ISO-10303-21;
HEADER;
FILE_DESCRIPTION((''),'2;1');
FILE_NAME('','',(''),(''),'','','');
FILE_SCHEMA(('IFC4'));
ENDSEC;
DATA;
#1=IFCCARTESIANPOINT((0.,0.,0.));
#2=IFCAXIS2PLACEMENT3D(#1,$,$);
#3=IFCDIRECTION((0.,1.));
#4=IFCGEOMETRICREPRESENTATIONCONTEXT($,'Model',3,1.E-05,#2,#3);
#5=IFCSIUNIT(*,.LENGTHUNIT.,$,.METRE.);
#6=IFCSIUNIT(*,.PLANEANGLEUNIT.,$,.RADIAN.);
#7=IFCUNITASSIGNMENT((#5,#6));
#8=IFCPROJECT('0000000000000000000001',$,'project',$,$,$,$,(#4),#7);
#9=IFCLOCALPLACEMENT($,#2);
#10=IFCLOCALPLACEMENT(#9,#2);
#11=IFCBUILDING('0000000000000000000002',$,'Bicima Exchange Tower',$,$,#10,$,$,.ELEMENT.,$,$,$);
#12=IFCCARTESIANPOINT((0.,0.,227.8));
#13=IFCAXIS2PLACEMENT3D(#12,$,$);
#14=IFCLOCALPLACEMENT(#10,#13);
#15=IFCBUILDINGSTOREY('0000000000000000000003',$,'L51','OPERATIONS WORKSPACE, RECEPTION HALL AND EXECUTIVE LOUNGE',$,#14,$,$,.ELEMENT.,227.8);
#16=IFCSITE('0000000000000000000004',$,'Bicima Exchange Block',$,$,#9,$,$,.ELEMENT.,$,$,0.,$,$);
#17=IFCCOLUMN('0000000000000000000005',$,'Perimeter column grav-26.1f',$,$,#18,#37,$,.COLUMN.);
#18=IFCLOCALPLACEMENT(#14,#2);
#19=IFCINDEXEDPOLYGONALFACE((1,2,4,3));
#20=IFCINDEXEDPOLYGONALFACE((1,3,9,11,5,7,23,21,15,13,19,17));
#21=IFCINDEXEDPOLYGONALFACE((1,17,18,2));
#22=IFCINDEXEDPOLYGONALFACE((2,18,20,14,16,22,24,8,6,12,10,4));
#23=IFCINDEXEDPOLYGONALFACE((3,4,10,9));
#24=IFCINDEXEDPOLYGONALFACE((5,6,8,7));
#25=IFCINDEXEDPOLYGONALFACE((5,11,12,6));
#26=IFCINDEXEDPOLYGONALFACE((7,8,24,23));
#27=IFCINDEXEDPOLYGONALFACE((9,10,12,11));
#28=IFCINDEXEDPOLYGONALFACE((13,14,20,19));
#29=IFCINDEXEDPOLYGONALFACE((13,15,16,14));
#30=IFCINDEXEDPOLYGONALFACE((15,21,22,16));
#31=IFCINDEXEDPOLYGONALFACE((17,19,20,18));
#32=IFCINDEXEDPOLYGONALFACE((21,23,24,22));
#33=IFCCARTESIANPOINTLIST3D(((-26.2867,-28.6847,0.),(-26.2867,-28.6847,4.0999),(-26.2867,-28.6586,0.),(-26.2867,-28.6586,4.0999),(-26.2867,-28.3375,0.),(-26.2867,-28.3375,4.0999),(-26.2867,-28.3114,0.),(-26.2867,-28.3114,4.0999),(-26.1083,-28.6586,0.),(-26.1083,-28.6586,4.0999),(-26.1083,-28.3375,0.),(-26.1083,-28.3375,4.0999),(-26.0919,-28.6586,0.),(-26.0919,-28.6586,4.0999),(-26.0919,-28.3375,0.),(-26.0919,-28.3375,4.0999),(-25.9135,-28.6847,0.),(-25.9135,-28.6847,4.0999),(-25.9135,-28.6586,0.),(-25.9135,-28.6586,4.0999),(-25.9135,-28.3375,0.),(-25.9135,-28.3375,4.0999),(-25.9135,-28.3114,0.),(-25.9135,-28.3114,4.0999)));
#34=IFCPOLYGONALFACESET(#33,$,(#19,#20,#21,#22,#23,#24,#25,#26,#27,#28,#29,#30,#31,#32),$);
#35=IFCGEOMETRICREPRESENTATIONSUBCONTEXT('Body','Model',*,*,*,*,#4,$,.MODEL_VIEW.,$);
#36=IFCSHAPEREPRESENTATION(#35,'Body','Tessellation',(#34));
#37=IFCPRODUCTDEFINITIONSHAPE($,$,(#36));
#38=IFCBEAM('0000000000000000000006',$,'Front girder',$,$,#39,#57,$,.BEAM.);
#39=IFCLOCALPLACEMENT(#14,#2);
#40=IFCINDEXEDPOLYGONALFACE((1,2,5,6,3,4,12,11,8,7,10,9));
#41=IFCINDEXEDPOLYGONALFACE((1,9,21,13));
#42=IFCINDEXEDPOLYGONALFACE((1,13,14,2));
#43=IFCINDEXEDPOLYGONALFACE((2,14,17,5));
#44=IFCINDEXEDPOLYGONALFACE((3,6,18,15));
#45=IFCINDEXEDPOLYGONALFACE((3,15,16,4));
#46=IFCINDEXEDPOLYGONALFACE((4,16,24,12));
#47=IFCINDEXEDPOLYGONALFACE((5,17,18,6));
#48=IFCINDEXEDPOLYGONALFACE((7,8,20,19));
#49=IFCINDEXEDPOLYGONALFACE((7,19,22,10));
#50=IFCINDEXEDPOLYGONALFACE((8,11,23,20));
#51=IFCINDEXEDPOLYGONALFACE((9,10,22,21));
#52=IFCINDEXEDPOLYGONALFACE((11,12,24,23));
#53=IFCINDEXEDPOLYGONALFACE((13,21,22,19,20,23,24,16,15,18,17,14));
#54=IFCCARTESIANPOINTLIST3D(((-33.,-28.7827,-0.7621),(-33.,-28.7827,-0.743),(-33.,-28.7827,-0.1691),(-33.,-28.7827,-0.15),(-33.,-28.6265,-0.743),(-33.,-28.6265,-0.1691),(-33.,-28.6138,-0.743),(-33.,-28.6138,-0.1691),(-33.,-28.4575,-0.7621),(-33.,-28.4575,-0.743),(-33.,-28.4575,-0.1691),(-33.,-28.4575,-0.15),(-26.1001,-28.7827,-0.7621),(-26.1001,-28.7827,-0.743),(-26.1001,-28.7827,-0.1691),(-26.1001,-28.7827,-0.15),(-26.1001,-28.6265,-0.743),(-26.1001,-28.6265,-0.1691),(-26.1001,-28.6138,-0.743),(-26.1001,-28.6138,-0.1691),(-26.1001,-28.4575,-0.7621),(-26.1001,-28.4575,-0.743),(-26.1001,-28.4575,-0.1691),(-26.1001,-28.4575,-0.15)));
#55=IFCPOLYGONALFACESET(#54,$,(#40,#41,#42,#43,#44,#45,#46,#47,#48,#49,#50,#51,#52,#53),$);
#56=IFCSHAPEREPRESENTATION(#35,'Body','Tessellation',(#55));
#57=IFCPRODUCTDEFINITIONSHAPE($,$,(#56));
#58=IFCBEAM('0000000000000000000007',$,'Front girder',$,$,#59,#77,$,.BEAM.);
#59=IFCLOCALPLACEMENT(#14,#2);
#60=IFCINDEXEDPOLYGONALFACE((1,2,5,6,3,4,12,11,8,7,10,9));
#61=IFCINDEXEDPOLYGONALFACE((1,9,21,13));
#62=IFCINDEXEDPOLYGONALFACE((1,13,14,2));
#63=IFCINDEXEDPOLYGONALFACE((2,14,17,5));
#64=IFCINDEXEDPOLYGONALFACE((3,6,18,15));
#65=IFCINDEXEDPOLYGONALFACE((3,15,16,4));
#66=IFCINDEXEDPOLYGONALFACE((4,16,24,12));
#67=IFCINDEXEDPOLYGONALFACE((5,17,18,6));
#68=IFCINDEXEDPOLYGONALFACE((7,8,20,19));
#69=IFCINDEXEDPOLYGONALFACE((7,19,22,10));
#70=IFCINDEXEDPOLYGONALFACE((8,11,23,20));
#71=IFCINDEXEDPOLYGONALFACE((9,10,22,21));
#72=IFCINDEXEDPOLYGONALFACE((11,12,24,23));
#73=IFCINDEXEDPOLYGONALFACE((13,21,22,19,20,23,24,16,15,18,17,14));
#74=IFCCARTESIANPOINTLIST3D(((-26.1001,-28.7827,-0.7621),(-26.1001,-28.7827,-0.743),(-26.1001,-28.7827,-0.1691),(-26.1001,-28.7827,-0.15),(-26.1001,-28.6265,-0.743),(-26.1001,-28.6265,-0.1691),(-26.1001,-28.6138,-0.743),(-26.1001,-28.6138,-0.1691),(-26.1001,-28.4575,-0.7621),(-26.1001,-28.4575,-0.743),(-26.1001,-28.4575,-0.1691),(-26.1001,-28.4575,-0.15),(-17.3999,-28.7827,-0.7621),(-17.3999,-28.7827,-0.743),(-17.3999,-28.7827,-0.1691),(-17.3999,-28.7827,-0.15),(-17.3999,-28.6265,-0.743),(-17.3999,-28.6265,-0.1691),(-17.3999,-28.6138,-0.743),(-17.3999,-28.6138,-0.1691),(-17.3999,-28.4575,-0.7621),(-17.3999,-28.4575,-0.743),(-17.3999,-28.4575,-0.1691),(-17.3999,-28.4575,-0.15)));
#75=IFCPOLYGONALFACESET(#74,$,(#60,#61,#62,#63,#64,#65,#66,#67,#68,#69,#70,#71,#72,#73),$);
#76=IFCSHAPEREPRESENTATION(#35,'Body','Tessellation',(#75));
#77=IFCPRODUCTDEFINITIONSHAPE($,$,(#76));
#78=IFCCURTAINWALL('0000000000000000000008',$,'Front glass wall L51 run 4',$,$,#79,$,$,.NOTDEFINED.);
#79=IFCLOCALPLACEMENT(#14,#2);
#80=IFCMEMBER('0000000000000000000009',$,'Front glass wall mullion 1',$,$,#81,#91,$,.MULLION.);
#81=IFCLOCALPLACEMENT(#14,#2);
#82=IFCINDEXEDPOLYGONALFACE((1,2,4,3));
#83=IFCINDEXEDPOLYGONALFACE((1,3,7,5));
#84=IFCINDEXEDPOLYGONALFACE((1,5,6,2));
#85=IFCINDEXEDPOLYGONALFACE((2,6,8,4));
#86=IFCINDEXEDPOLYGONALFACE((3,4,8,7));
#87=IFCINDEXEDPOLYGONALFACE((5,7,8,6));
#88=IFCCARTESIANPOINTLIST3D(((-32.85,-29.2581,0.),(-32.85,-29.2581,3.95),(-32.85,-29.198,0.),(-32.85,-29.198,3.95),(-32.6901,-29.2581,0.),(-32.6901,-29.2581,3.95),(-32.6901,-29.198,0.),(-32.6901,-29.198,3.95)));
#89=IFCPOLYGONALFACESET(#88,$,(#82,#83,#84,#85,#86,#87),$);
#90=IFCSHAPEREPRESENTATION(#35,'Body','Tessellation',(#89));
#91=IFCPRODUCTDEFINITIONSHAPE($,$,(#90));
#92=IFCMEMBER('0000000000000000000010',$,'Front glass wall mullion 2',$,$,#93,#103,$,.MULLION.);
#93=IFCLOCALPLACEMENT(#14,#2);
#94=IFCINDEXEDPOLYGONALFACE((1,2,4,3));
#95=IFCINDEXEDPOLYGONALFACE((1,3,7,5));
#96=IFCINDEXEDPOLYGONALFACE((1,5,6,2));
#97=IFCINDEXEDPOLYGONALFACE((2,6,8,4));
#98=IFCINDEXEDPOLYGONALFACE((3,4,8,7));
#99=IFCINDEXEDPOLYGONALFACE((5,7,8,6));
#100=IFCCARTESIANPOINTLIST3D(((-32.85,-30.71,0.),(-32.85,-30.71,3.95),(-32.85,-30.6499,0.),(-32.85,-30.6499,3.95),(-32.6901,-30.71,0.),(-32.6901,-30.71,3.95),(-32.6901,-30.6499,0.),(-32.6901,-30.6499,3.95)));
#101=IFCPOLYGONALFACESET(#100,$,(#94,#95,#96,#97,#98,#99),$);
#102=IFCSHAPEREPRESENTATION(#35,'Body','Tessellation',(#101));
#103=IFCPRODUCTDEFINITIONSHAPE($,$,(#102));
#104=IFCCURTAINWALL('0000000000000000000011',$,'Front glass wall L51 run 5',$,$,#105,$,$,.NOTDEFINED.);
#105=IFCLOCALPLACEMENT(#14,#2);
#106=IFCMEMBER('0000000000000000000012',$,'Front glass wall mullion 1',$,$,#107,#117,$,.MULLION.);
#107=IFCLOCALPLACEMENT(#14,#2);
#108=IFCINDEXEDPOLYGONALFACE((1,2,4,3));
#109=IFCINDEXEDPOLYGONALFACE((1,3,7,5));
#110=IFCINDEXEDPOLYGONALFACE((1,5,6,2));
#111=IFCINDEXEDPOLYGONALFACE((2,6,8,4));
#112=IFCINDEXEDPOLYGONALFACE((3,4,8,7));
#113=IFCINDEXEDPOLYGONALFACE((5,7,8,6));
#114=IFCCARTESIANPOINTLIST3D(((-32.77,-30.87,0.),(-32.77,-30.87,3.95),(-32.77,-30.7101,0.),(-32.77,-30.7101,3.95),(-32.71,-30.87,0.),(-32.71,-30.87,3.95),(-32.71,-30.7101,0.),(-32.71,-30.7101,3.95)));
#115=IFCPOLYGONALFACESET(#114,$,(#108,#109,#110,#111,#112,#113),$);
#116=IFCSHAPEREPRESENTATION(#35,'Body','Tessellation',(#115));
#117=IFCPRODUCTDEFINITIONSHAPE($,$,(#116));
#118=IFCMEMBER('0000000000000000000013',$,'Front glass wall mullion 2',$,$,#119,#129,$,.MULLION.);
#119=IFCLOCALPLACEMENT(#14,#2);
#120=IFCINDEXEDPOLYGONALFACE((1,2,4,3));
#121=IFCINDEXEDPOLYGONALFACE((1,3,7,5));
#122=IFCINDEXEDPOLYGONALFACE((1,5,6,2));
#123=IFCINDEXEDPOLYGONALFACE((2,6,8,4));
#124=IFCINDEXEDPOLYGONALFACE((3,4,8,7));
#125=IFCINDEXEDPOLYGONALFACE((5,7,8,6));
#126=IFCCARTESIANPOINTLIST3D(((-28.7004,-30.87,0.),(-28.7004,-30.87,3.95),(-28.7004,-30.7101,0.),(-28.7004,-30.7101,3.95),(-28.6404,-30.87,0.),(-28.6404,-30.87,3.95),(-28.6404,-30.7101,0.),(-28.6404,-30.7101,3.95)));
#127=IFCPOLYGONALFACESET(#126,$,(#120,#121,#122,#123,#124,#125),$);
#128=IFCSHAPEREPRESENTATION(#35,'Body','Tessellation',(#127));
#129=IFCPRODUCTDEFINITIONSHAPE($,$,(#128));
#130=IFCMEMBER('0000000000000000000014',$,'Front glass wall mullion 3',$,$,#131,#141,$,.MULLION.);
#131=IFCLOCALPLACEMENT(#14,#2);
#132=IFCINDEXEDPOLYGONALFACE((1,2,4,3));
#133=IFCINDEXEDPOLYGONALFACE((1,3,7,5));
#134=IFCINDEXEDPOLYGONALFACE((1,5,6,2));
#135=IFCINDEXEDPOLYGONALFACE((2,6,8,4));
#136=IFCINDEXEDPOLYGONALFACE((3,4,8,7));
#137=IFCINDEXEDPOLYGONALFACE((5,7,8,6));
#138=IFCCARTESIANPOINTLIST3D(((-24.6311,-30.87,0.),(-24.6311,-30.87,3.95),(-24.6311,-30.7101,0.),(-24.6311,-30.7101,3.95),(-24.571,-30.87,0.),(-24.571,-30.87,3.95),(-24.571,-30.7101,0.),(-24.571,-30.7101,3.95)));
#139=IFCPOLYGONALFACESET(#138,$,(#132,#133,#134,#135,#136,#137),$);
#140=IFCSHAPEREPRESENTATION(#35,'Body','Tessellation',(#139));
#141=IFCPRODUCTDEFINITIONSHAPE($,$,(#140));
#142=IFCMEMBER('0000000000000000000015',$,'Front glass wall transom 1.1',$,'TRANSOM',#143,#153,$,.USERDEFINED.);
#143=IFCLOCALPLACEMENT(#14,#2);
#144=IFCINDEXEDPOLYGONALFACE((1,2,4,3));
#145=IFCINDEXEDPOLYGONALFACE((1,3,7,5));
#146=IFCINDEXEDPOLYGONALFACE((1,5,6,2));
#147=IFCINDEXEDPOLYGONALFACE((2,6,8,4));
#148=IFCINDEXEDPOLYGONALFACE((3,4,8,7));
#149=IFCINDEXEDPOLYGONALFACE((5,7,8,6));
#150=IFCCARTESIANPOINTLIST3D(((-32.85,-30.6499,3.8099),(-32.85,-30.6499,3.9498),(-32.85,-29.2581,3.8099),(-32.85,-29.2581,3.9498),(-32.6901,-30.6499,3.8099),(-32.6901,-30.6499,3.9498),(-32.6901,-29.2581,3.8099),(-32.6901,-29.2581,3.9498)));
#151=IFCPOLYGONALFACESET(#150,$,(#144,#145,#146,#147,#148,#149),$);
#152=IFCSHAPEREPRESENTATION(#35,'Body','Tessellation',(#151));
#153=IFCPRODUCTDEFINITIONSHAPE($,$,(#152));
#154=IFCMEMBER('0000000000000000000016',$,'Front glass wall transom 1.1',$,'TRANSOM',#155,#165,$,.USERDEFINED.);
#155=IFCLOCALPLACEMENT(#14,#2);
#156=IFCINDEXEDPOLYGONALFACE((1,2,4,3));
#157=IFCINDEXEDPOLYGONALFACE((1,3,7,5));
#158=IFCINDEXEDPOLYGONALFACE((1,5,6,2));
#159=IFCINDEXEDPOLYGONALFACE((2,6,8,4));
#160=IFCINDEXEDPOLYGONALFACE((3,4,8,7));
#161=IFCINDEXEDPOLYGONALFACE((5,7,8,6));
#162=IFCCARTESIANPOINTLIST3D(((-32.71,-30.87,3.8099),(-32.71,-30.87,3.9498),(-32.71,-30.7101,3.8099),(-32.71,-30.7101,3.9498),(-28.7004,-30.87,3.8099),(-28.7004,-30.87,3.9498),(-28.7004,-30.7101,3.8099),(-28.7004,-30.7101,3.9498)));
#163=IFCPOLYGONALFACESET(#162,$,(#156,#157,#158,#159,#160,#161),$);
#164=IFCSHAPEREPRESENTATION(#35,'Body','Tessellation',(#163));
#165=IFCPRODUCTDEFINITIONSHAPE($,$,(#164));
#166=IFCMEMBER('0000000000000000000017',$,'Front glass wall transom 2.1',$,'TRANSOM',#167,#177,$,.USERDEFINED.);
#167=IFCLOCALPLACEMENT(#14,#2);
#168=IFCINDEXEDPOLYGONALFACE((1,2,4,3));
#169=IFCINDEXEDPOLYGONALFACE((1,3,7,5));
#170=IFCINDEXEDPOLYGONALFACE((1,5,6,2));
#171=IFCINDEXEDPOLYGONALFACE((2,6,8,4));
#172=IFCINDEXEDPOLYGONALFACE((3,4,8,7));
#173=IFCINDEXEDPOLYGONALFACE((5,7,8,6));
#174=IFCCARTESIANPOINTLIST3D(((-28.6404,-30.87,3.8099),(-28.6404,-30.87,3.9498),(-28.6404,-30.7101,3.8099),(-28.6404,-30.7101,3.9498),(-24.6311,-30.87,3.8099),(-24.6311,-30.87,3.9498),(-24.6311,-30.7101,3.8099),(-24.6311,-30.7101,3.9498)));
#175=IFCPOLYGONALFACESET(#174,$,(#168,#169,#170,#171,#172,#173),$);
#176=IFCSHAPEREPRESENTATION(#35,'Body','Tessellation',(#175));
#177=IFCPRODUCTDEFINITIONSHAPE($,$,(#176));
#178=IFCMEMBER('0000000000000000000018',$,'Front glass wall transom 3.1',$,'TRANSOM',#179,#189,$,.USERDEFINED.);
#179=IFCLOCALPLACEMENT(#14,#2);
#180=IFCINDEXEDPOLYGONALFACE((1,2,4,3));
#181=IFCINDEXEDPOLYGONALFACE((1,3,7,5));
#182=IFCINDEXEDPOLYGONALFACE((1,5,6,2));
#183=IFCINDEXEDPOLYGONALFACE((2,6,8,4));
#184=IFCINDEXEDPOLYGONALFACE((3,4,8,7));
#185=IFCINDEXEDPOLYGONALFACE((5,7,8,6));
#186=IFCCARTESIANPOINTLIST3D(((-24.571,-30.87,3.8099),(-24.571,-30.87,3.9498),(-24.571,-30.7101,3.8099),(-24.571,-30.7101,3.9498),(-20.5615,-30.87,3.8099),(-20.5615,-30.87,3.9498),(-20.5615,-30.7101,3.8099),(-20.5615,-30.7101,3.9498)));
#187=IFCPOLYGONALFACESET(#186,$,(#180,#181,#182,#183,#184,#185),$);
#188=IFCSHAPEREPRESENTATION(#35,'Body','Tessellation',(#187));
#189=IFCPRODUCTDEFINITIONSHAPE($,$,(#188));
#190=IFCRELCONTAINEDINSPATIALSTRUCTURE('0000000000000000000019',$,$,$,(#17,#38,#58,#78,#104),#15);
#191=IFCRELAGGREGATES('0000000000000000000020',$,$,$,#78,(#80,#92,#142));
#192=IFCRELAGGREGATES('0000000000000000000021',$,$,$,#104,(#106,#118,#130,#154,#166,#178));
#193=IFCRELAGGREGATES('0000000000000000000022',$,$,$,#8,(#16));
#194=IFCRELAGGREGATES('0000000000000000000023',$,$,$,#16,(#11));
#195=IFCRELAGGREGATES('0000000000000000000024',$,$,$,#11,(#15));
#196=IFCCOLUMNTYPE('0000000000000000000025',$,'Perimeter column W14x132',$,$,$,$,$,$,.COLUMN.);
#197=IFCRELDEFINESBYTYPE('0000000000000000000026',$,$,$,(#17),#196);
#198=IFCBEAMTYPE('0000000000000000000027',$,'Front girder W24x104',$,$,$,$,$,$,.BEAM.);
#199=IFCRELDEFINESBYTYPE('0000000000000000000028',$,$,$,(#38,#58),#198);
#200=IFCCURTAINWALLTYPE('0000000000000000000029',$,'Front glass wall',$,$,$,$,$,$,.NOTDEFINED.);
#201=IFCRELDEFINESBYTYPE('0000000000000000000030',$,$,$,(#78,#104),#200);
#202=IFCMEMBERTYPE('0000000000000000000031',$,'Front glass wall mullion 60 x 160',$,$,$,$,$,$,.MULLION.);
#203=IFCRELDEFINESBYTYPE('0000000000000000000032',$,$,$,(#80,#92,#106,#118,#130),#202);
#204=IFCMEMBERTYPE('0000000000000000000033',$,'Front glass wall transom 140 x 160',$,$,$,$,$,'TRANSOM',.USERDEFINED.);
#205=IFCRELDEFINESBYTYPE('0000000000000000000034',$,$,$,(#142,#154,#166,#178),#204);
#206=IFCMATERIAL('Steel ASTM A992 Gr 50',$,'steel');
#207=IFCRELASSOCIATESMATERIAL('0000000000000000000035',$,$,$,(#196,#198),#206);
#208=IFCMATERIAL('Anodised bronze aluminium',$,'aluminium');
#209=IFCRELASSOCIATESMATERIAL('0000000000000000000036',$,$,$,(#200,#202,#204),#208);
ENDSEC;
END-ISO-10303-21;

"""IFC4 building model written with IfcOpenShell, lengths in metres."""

from ifc_helpers import new_model, si_unit, direction, frame, origin, origin_2d, place, context, subcontext, project, spatial, rectangle, i_section, extrude, material, material_profile, profile_set, type_object, element, aggregate, save


model = new_model("IFC4")

# Units and contexts
model_context = context("Model", 3, precision=1e-05, world=origin(), true_north=direction((0.0, 1.0)))
body_context = subcontext(model_context, "Body", "Model", "MODEL_VIEW")
ifc_project = project(units=[si_unit("LENGTHUNIT", "METRE"), si_unit("PLANEANGLEUNIT", "RADIAN")], contexts=[model_context])

# Site, building, storey
site_placement = place(None, origin())
site = spatial("IfcSite", under=ifc_project, at=site_placement, Name="Bicima Exchange Block", CompositionType="ELEMENT", RefElevation=0.0)
building_placement = place(site_placement, origin())
building = spatial("IfcBuilding", under=site, at=building_placement, Name="Bicima Exchange Tower", CompositionType="ELEMENT")
storey_placement = place(building_placement, frame((0.0, 0.0, 227.8)))
storey = spatial("IfcBuildingStorey", under=building, at=storey_placement, Name="L51", Description="OPERATIONS WORKSPACE, RECEPTION HALL AND EXECUTIVE LOUNGE", CompositionType="ELEMENT", Elevation=227.8)

# Column
ifc_material_1 = material(Name="Steel ASTM A992 Gr 50", Category="steel")
ifc_material_profile_1 = material_profile(ifc_material_1, i_section(OverallWidth=0.3733, OverallDepth=0.3733, WebThickness=0.0164, FlangeThickness=0.0261, at=origin_2d()))
ifc_profile_set_1 = profile_set([ifc_material_profile_1], Name="Steel ASTM A992 Gr 50")
column_type = type_object("IfcColumnType", Name="Perimeter column W14x132", PredefinedType="COLUMN", material=ifc_profile_set_1)
column_placement = place(storey_placement, frame((-26.1001, -28.498, 0.0), z_axis=(0.0, 0.0, 1.0), x_axis=(1.0, 0.0, 0.0)))
element("IfcColumn", 1, at=column_placement, inside=storey, type_object=column_type, Name="Perimeter column grav-26.1f", PredefinedType="COLUMN", context=body_context, shape_type="SweptSolid", body=[
    extrude(i_section(OverallWidth=0.3733, OverallDepth=0.3733, WebThickness=0.0164, FlangeThickness=0.0261, at=origin_2d()), origin(), (0.0, 0.0, 1.0), 4.0999),
])

# Beams
ifc_material_profile_2 = material_profile(ifc_material_1, i_section(OverallWidth=0.3252, OverallDepth=0.6121, WebThickness=0.0127, FlangeThickness=0.019, at=origin_2d()))
ifc_profile_set_2 = profile_set([ifc_material_profile_2], Name="Steel ASTM A992 Gr 50")
beam_type = type_object("IfcBeamType", Name="Front girder W24x104", PredefinedType="BEAM", material=ifc_profile_set_2)
beam_1_placement = place(storey_placement, frame((-33.0, -28.6201, -0.4561), z_axis=(1.0, 0.0, 0.0), x_axis=(0.0, 1.0, 0.0)))
element("IfcBeam", 2, at=beam_1_placement, inside=storey, type_object=beam_type, Name="Front girder", PredefinedType="BEAM", context=body_context, shape_type="SweptSolid", body=[
    extrude(i_section(OverallWidth=0.3252, OverallDepth=0.6121, WebThickness=0.0127, FlangeThickness=0.019, at=origin_2d()), origin(), (0.0, 0.0, 1.0), 6.8999),
])
beam_2_placement = place(storey_placement, frame((-26.1001, -28.6201, -0.4561), z_axis=(1.0, 0.0, 0.0), x_axis=(0.0, 1.0, 0.0)))
element("IfcBeam", 3, at=beam_2_placement, inside=storey, type_object=beam_type, Name="Front girder", PredefinedType="BEAM", context=body_context, shape_type="SweptSolid", body=[
    extrude(i_section(OverallWidth=0.3252, OverallDepth=0.6121, WebThickness=0.0127, FlangeThickness=0.019, at=origin_2d()), origin(), (0.0, 0.0, 1.0), 8.7002),
])

# Curtain walls, members
ifc_material_2 = material(Name="Anodised bronze aluminium", Category="aluminium")
curtain_wall_type = type_object("IfcCurtainWallType", Name="Front glass wall", PredefinedType="NOTDEFINED", material=ifc_material_2)
curtain_wall_1_placement = place(storey_placement, origin())
curtain_wall_1 = element("IfcCurtainWall", 4, at=curtain_wall_1_placement, inside=storey, type_object=curtain_wall_type, Name="Front glass wall L51 run 4", PredefinedType="NOTDEFINED")
ifc_material_profile_3 = material_profile(ifc_material_2, rectangle(XDim=0.1599, YDim=0.0601, at=origin_2d()))
ifc_profile_set_3 = profile_set([ifc_material_profile_3], Name="Anodised bronze aluminium")
member_type_1 = type_object("IfcMemberType", Name="Front glass wall mullion 60 x 160", PredefinedType="MULLION", material=ifc_profile_set_3)
member_1_placement = place(storey_placement, frame((-32.77, -29.228, 0.0), z_axis=(0.0, 0.0, 1.0), x_axis=(1.0, 0.0, 0.0)))
member_1 = element("IfcMember", 5, at=member_1_placement, type_object=member_type_1, Name="Front glass wall mullion 1", PredefinedType="MULLION", context=body_context, shape_type="SweptSolid", body=[
    extrude(rectangle(XDim=0.1599, YDim=0.0601, at=origin_2d()), origin(), (0.0, 0.0, 1.0), 3.95),
])
member_2_placement = place(storey_placement, frame((-32.77, -30.6799, 0.0), z_axis=(0.0, 0.0, 1.0), x_axis=(1.0, 0.0, 0.0)))
member_2 = element("IfcMember", 6, at=member_2_placement, type_object=member_type_1, Name="Front glass wall mullion 2", PredefinedType="MULLION", context=body_context, shape_type="SweptSolid", body=[
    extrude(rectangle(XDim=0.1599, YDim=0.0601, at=origin_2d()), origin(), (0.0, 0.0, 1.0), 3.95),
])
curtain_wall_2_placement = place(storey_placement, origin())
curtain_wall_2 = element("IfcCurtainWall", 7, at=curtain_wall_2_placement, inside=storey, type_object=curtain_wall_type, Name="Front glass wall L51 run 5", PredefinedType="NOTDEFINED")
member_3_placement = place(storey_placement, frame((-32.74, -30.79, 0.0), z_axis=(0.0, 0.0, 1.0), x_axis=(0.0, 1.0, 0.0)))
member_3 = element("IfcMember", 8, at=member_3_placement, type_object=member_type_1, Name="Front glass wall mullion 1", PredefinedType="MULLION", context=body_context, shape_type="SweptSolid", body=[
    extrude(rectangle(XDim=0.1599, YDim=0.0601, at=origin_2d()), origin(), (0.0, 0.0, 1.0), 3.95),
])
member_4_placement = place(storey_placement, frame((-28.6704, -30.79, 0.0), z_axis=(0.0, 0.0, 1.0), x_axis=(0.0, 1.0, 0.0)))
member_4 = element("IfcMember", 9, at=member_4_placement, type_object=member_type_1, Name="Front glass wall mullion 2", PredefinedType="MULLION", context=body_context, shape_type="SweptSolid", body=[
    extrude(rectangle(XDim=0.1599, YDim=0.0601, at=origin_2d()), origin(), (0.0, 0.0, 1.0), 3.95),
])
member_5_placement = place(storey_placement, frame((-24.6011, -30.79, 0.0), z_axis=(0.0, 0.0, 1.0), x_axis=(0.0, 1.0, 0.0)))
member_5 = element("IfcMember", 10, at=member_5_placement, type_object=member_type_1, Name="Front glass wall mullion 3", PredefinedType="MULLION", context=body_context, shape_type="SweptSolid", body=[
    extrude(rectangle(XDim=0.1599, YDim=0.0601, at=origin_2d()), origin(), (0.0, 0.0, 1.0), 3.95),
])

# Members
ifc_material_profile_4 = material_profile(ifc_material_2, rectangle(XDim=0.1599, YDim=0.1399, at=origin_2d()))
ifc_profile_set_4 = profile_set([ifc_material_profile_4], Name="Anodised bronze aluminium")
member_type_2 = type_object("IfcMemberType", Name="Front glass wall transom 140 x 160", ElementType="TRANSOM", PredefinedType="USERDEFINED", material=ifc_profile_set_4)
member_6_placement = place(storey_placement, frame((-32.77, -29.2581, 3.8799), z_axis=(0.0, -1.0, 0.0), x_axis=(1.0, 0.0, 0.0)))
member_6 = element("IfcMember", 11, at=member_6_placement, type_object=member_type_2, Name="Front glass wall transom 1.1", ObjectType="TRANSOM", PredefinedType="USERDEFINED", context=body_context, shape_type="SweptSolid", body=[
    extrude(rectangle(XDim=0.1599, YDim=0.1399, at=origin_2d()), origin(), (0.0, 0.0, 1.0), 1.3918),
])
member_7_placement = place(storey_placement, frame((-32.71, -30.79, 3.8799), z_axis=(1.0, 0.0, 0.0), x_axis=(0.0, 1.0, 0.0)))
member_7 = element("IfcMember", 12, at=member_7_placement, type_object=member_type_2, Name="Front glass wall transom 1.1", ObjectType="TRANSOM", PredefinedType="USERDEFINED", context=body_context, shape_type="SweptSolid", body=[
    extrude(rectangle(XDim=0.1599, YDim=0.1399, at=origin_2d()), origin(), (0.0, 0.0, 1.0), 4.0095),
])
member_8_placement = place(storey_placement, frame((-28.6404, -30.79, 3.8799), z_axis=(1.0, 0.0, 0.0), x_axis=(0.0, 1.0, 0.0)))
member_8 = element("IfcMember", 13, at=member_8_placement, type_object=member_type_2, Name="Front glass wall transom 2.1", ObjectType="TRANSOM", PredefinedType="USERDEFINED", context=body_context, shape_type="SweptSolid", body=[
    extrude(rectangle(XDim=0.1599, YDim=0.1399, at=origin_2d()), origin(), (0.0, 0.0, 1.0), 4.0093),
])
member_9_placement = place(storey_placement, frame((-24.571, -30.79, 3.8799), z_axis=(1.0, 0.0, 0.0), x_axis=(0.0, 1.0, 0.0)))
member_9 = element("IfcMember", 14, at=member_9_placement, type_object=member_type_2, Name="Front glass wall transom 3.1", ObjectType="TRANSOM", PredefinedType="USERDEFINED", context=body_context, shape_type="SweptSolid", body=[
    extrude(rectangle(XDim=0.1599, YDim=0.1399, at=origin_2d()), origin(), (0.0, 0.0, 1.0), 4.0095),
])

aggregate(curtain_wall_1, [member_1, member_2, member_6])
aggregate(curtain_wall_2, [member_3, member_4, member_5, member_7, member_8, member_9])

save(model, "model.ifc")
